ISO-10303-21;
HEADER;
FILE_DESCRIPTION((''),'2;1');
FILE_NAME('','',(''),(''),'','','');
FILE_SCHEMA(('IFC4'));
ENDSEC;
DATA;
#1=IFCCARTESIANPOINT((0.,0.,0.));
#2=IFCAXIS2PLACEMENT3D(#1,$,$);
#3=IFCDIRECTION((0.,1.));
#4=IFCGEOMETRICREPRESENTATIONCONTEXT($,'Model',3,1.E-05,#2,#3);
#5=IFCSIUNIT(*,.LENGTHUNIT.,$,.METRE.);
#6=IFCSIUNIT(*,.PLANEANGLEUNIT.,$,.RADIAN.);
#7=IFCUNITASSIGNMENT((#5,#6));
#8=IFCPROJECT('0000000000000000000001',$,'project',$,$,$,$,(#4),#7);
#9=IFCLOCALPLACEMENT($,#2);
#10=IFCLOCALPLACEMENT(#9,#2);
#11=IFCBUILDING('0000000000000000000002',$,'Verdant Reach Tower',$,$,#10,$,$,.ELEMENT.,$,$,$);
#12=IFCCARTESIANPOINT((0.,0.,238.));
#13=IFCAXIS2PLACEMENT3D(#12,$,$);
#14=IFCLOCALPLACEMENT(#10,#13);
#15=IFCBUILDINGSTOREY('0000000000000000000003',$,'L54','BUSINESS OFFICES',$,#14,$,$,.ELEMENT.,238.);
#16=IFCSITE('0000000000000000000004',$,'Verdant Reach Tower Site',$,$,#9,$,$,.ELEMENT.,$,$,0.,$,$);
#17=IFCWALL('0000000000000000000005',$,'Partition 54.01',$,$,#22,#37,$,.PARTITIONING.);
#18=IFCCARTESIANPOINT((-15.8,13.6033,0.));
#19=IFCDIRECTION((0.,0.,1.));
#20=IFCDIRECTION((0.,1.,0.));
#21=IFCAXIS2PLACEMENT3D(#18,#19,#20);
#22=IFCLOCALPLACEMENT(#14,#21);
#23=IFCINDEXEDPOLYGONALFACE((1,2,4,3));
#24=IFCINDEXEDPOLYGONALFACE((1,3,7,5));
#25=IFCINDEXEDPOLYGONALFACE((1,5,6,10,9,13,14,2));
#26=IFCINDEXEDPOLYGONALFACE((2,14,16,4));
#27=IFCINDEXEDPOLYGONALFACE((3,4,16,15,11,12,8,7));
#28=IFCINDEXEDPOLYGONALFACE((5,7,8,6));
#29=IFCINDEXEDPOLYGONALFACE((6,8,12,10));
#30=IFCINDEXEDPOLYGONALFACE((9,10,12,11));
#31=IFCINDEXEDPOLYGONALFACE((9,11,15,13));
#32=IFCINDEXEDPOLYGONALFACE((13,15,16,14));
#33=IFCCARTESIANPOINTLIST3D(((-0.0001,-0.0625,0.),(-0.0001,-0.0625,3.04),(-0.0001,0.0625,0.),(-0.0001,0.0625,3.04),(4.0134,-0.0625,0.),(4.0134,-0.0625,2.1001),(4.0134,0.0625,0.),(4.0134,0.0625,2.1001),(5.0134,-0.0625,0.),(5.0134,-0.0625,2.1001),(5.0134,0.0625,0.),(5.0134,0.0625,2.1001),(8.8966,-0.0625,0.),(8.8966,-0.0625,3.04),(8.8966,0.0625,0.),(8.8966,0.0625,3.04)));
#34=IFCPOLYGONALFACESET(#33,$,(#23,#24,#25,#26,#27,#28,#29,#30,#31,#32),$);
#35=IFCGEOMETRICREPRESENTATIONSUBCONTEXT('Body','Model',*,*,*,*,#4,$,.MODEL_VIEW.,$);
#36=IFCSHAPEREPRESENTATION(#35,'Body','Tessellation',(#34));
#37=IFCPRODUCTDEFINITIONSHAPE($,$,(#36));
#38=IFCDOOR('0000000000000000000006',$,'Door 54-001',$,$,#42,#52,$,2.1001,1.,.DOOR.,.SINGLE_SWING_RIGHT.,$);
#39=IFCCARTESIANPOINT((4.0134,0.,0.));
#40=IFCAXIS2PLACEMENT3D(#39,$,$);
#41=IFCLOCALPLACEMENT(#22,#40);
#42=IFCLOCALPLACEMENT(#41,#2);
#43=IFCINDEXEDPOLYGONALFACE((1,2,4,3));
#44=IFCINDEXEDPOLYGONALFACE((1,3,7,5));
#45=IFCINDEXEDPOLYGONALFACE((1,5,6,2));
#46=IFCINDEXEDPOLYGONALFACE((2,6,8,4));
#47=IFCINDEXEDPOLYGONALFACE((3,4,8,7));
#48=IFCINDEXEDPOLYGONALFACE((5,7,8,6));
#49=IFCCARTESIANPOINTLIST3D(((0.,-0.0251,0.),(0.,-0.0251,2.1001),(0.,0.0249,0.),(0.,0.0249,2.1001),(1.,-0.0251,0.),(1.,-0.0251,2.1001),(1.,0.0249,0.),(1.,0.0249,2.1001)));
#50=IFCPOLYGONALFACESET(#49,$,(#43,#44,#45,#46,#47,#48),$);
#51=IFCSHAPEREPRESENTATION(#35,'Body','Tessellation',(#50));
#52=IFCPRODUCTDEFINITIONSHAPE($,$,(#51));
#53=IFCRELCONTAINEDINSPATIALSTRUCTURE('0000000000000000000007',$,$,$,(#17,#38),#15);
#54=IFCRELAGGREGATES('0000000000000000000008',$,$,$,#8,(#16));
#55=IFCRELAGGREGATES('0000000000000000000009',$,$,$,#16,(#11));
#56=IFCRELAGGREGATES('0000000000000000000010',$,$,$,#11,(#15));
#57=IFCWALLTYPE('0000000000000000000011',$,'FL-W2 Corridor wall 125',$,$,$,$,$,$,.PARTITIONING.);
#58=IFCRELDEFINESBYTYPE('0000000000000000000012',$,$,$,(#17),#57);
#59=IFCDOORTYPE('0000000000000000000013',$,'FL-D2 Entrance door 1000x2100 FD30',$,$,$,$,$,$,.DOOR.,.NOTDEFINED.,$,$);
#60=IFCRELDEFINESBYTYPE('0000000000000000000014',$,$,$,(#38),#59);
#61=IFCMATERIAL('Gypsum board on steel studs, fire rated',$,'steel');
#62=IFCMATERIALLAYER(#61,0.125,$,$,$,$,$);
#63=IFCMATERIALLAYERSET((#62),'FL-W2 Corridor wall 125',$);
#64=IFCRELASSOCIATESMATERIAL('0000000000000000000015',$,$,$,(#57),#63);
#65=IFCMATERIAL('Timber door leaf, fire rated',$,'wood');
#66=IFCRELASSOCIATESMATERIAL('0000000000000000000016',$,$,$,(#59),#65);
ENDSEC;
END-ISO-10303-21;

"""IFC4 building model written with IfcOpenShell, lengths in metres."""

from ifc_helpers import new_model, si_unit, direction, frame, frame_2d, origin, place, context, subcontext, project, spatial, rectangle, extrude, material, layer, layer_set, type_object, element, fill, save


model = new_model("IFC4")

# Units and contexts
model_context = context("Model", 3, precision=1e-05, world=origin(), true_north=direction((0.0, 1.0)))
body_context = subcontext(model_context, "Body", "Model", "MODEL_VIEW")
ifc_project = project(units=[si_unit("LENGTHUNIT", "METRE"), si_unit("PLANEANGLEUNIT", "RADIAN")], contexts=[model_context])

# Site, building, storey
site_placement = place(None, origin())
site = spatial("IfcSite", under=ifc_project, at=site_placement, Name="Verdant Reach Tower Site", CompositionType="ELEMENT", RefElevation=0.0)
building_placement = place(site_placement, origin())
building = spatial("IfcBuilding", under=site, at=building_placement, Name="Verdant Reach Tower", CompositionType="ELEMENT")
storey_placement = place(building_placement, frame((0.0, 0.0, 238.0)))
storey = spatial("IfcBuildingStorey", under=building, at=storey_placement, Name="L54", Description="BUSINESS OFFICES", CompositionType="ELEMENT", Elevation=238.0)

# Wall, opening, door
ifc_material_1 = material(Name="Gypsum board on steel studs, fire rated", Category="steel")
ifc_layer_1 = layer(ifc_material_1, 0.125)
ifc_layer_set_1 = layer_set([ifc_layer_1], Name="FL-W2 Corridor wall 125")
wall_type = type_object("IfcWallType", Name="FL-W2 Corridor wall 125", PredefinedType="PARTITIONING", material=ifc_layer_set_1)
wall_placement = place(storey_placement, frame((-15.8, 13.6033, 0.0), z_axis=(0.0, 0.0, 1.0), x_axis=(0.0, 1.0, 0.0)))
wall = element("IfcWall", 1, at=wall_placement, inside=storey, type_object=wall_type, Name="Partition 54.01", PredefinedType="PARTITIONING", context=body_context, shape_type="SweptSolid", body=[
    extrude(rectangle(XDim=8.8967, YDim=0.125, at=frame_2d((4.4482, 0.0))), origin(), (0.0, 0.0, 1.0), 3.04),
])
opening_placement = place(wall_placement, frame((4.0134, 0.0, 0.0)))
opening = element("IfcOpeningElement", 2, at=opening_placement, cuts=wall, PredefinedType="OPENING", context=body_context, shape_type="SweptSolid", body=[
    extrude(rectangle(XDim=1.0, YDim=2.1001, at=frame_2d((0.5, 1.05))), frame((0.0, 0.0725, 0.0), z_axis=(0.0, -1.0, 0.0), x_axis=(1.0, 0.0, 0.0)), (0.0, 0.0, 1.0), 0.145),
])
ifc_material_2 = material(Name="Timber door leaf, fire rated", Category="wood")
door_type = type_object("IfcDoorType", Name="FL-D2 Entrance door 1000x2100 FD30", OperationType="NOTDEFINED", PredefinedType="DOOR", material=ifc_material_2)
door_placement = place(opening_placement, origin())
door = element("IfcDoor", 3, at=door_placement, inside=storey, type_object=door_type, Name="Door 54-001", OperationType="SINGLE_SWING_RIGHT", OverallHeight=2.1001, OverallWidth=1.0, PredefinedType="DOOR", context=body_context, shape_type="SweptSolid", body=[
    extrude(rectangle(XDim=1.0, YDim=2.1001, at=frame_2d((0.5, 1.05))), frame((0.0, 0.0249, 0.0), z_axis=(0.0, -1.0, 0.0), x_axis=(1.0, 0.0, 0.0)), (0.0, 0.0, 1.0), 0.05),
])
fill(opening, door)

save(model, "model.ifc")
